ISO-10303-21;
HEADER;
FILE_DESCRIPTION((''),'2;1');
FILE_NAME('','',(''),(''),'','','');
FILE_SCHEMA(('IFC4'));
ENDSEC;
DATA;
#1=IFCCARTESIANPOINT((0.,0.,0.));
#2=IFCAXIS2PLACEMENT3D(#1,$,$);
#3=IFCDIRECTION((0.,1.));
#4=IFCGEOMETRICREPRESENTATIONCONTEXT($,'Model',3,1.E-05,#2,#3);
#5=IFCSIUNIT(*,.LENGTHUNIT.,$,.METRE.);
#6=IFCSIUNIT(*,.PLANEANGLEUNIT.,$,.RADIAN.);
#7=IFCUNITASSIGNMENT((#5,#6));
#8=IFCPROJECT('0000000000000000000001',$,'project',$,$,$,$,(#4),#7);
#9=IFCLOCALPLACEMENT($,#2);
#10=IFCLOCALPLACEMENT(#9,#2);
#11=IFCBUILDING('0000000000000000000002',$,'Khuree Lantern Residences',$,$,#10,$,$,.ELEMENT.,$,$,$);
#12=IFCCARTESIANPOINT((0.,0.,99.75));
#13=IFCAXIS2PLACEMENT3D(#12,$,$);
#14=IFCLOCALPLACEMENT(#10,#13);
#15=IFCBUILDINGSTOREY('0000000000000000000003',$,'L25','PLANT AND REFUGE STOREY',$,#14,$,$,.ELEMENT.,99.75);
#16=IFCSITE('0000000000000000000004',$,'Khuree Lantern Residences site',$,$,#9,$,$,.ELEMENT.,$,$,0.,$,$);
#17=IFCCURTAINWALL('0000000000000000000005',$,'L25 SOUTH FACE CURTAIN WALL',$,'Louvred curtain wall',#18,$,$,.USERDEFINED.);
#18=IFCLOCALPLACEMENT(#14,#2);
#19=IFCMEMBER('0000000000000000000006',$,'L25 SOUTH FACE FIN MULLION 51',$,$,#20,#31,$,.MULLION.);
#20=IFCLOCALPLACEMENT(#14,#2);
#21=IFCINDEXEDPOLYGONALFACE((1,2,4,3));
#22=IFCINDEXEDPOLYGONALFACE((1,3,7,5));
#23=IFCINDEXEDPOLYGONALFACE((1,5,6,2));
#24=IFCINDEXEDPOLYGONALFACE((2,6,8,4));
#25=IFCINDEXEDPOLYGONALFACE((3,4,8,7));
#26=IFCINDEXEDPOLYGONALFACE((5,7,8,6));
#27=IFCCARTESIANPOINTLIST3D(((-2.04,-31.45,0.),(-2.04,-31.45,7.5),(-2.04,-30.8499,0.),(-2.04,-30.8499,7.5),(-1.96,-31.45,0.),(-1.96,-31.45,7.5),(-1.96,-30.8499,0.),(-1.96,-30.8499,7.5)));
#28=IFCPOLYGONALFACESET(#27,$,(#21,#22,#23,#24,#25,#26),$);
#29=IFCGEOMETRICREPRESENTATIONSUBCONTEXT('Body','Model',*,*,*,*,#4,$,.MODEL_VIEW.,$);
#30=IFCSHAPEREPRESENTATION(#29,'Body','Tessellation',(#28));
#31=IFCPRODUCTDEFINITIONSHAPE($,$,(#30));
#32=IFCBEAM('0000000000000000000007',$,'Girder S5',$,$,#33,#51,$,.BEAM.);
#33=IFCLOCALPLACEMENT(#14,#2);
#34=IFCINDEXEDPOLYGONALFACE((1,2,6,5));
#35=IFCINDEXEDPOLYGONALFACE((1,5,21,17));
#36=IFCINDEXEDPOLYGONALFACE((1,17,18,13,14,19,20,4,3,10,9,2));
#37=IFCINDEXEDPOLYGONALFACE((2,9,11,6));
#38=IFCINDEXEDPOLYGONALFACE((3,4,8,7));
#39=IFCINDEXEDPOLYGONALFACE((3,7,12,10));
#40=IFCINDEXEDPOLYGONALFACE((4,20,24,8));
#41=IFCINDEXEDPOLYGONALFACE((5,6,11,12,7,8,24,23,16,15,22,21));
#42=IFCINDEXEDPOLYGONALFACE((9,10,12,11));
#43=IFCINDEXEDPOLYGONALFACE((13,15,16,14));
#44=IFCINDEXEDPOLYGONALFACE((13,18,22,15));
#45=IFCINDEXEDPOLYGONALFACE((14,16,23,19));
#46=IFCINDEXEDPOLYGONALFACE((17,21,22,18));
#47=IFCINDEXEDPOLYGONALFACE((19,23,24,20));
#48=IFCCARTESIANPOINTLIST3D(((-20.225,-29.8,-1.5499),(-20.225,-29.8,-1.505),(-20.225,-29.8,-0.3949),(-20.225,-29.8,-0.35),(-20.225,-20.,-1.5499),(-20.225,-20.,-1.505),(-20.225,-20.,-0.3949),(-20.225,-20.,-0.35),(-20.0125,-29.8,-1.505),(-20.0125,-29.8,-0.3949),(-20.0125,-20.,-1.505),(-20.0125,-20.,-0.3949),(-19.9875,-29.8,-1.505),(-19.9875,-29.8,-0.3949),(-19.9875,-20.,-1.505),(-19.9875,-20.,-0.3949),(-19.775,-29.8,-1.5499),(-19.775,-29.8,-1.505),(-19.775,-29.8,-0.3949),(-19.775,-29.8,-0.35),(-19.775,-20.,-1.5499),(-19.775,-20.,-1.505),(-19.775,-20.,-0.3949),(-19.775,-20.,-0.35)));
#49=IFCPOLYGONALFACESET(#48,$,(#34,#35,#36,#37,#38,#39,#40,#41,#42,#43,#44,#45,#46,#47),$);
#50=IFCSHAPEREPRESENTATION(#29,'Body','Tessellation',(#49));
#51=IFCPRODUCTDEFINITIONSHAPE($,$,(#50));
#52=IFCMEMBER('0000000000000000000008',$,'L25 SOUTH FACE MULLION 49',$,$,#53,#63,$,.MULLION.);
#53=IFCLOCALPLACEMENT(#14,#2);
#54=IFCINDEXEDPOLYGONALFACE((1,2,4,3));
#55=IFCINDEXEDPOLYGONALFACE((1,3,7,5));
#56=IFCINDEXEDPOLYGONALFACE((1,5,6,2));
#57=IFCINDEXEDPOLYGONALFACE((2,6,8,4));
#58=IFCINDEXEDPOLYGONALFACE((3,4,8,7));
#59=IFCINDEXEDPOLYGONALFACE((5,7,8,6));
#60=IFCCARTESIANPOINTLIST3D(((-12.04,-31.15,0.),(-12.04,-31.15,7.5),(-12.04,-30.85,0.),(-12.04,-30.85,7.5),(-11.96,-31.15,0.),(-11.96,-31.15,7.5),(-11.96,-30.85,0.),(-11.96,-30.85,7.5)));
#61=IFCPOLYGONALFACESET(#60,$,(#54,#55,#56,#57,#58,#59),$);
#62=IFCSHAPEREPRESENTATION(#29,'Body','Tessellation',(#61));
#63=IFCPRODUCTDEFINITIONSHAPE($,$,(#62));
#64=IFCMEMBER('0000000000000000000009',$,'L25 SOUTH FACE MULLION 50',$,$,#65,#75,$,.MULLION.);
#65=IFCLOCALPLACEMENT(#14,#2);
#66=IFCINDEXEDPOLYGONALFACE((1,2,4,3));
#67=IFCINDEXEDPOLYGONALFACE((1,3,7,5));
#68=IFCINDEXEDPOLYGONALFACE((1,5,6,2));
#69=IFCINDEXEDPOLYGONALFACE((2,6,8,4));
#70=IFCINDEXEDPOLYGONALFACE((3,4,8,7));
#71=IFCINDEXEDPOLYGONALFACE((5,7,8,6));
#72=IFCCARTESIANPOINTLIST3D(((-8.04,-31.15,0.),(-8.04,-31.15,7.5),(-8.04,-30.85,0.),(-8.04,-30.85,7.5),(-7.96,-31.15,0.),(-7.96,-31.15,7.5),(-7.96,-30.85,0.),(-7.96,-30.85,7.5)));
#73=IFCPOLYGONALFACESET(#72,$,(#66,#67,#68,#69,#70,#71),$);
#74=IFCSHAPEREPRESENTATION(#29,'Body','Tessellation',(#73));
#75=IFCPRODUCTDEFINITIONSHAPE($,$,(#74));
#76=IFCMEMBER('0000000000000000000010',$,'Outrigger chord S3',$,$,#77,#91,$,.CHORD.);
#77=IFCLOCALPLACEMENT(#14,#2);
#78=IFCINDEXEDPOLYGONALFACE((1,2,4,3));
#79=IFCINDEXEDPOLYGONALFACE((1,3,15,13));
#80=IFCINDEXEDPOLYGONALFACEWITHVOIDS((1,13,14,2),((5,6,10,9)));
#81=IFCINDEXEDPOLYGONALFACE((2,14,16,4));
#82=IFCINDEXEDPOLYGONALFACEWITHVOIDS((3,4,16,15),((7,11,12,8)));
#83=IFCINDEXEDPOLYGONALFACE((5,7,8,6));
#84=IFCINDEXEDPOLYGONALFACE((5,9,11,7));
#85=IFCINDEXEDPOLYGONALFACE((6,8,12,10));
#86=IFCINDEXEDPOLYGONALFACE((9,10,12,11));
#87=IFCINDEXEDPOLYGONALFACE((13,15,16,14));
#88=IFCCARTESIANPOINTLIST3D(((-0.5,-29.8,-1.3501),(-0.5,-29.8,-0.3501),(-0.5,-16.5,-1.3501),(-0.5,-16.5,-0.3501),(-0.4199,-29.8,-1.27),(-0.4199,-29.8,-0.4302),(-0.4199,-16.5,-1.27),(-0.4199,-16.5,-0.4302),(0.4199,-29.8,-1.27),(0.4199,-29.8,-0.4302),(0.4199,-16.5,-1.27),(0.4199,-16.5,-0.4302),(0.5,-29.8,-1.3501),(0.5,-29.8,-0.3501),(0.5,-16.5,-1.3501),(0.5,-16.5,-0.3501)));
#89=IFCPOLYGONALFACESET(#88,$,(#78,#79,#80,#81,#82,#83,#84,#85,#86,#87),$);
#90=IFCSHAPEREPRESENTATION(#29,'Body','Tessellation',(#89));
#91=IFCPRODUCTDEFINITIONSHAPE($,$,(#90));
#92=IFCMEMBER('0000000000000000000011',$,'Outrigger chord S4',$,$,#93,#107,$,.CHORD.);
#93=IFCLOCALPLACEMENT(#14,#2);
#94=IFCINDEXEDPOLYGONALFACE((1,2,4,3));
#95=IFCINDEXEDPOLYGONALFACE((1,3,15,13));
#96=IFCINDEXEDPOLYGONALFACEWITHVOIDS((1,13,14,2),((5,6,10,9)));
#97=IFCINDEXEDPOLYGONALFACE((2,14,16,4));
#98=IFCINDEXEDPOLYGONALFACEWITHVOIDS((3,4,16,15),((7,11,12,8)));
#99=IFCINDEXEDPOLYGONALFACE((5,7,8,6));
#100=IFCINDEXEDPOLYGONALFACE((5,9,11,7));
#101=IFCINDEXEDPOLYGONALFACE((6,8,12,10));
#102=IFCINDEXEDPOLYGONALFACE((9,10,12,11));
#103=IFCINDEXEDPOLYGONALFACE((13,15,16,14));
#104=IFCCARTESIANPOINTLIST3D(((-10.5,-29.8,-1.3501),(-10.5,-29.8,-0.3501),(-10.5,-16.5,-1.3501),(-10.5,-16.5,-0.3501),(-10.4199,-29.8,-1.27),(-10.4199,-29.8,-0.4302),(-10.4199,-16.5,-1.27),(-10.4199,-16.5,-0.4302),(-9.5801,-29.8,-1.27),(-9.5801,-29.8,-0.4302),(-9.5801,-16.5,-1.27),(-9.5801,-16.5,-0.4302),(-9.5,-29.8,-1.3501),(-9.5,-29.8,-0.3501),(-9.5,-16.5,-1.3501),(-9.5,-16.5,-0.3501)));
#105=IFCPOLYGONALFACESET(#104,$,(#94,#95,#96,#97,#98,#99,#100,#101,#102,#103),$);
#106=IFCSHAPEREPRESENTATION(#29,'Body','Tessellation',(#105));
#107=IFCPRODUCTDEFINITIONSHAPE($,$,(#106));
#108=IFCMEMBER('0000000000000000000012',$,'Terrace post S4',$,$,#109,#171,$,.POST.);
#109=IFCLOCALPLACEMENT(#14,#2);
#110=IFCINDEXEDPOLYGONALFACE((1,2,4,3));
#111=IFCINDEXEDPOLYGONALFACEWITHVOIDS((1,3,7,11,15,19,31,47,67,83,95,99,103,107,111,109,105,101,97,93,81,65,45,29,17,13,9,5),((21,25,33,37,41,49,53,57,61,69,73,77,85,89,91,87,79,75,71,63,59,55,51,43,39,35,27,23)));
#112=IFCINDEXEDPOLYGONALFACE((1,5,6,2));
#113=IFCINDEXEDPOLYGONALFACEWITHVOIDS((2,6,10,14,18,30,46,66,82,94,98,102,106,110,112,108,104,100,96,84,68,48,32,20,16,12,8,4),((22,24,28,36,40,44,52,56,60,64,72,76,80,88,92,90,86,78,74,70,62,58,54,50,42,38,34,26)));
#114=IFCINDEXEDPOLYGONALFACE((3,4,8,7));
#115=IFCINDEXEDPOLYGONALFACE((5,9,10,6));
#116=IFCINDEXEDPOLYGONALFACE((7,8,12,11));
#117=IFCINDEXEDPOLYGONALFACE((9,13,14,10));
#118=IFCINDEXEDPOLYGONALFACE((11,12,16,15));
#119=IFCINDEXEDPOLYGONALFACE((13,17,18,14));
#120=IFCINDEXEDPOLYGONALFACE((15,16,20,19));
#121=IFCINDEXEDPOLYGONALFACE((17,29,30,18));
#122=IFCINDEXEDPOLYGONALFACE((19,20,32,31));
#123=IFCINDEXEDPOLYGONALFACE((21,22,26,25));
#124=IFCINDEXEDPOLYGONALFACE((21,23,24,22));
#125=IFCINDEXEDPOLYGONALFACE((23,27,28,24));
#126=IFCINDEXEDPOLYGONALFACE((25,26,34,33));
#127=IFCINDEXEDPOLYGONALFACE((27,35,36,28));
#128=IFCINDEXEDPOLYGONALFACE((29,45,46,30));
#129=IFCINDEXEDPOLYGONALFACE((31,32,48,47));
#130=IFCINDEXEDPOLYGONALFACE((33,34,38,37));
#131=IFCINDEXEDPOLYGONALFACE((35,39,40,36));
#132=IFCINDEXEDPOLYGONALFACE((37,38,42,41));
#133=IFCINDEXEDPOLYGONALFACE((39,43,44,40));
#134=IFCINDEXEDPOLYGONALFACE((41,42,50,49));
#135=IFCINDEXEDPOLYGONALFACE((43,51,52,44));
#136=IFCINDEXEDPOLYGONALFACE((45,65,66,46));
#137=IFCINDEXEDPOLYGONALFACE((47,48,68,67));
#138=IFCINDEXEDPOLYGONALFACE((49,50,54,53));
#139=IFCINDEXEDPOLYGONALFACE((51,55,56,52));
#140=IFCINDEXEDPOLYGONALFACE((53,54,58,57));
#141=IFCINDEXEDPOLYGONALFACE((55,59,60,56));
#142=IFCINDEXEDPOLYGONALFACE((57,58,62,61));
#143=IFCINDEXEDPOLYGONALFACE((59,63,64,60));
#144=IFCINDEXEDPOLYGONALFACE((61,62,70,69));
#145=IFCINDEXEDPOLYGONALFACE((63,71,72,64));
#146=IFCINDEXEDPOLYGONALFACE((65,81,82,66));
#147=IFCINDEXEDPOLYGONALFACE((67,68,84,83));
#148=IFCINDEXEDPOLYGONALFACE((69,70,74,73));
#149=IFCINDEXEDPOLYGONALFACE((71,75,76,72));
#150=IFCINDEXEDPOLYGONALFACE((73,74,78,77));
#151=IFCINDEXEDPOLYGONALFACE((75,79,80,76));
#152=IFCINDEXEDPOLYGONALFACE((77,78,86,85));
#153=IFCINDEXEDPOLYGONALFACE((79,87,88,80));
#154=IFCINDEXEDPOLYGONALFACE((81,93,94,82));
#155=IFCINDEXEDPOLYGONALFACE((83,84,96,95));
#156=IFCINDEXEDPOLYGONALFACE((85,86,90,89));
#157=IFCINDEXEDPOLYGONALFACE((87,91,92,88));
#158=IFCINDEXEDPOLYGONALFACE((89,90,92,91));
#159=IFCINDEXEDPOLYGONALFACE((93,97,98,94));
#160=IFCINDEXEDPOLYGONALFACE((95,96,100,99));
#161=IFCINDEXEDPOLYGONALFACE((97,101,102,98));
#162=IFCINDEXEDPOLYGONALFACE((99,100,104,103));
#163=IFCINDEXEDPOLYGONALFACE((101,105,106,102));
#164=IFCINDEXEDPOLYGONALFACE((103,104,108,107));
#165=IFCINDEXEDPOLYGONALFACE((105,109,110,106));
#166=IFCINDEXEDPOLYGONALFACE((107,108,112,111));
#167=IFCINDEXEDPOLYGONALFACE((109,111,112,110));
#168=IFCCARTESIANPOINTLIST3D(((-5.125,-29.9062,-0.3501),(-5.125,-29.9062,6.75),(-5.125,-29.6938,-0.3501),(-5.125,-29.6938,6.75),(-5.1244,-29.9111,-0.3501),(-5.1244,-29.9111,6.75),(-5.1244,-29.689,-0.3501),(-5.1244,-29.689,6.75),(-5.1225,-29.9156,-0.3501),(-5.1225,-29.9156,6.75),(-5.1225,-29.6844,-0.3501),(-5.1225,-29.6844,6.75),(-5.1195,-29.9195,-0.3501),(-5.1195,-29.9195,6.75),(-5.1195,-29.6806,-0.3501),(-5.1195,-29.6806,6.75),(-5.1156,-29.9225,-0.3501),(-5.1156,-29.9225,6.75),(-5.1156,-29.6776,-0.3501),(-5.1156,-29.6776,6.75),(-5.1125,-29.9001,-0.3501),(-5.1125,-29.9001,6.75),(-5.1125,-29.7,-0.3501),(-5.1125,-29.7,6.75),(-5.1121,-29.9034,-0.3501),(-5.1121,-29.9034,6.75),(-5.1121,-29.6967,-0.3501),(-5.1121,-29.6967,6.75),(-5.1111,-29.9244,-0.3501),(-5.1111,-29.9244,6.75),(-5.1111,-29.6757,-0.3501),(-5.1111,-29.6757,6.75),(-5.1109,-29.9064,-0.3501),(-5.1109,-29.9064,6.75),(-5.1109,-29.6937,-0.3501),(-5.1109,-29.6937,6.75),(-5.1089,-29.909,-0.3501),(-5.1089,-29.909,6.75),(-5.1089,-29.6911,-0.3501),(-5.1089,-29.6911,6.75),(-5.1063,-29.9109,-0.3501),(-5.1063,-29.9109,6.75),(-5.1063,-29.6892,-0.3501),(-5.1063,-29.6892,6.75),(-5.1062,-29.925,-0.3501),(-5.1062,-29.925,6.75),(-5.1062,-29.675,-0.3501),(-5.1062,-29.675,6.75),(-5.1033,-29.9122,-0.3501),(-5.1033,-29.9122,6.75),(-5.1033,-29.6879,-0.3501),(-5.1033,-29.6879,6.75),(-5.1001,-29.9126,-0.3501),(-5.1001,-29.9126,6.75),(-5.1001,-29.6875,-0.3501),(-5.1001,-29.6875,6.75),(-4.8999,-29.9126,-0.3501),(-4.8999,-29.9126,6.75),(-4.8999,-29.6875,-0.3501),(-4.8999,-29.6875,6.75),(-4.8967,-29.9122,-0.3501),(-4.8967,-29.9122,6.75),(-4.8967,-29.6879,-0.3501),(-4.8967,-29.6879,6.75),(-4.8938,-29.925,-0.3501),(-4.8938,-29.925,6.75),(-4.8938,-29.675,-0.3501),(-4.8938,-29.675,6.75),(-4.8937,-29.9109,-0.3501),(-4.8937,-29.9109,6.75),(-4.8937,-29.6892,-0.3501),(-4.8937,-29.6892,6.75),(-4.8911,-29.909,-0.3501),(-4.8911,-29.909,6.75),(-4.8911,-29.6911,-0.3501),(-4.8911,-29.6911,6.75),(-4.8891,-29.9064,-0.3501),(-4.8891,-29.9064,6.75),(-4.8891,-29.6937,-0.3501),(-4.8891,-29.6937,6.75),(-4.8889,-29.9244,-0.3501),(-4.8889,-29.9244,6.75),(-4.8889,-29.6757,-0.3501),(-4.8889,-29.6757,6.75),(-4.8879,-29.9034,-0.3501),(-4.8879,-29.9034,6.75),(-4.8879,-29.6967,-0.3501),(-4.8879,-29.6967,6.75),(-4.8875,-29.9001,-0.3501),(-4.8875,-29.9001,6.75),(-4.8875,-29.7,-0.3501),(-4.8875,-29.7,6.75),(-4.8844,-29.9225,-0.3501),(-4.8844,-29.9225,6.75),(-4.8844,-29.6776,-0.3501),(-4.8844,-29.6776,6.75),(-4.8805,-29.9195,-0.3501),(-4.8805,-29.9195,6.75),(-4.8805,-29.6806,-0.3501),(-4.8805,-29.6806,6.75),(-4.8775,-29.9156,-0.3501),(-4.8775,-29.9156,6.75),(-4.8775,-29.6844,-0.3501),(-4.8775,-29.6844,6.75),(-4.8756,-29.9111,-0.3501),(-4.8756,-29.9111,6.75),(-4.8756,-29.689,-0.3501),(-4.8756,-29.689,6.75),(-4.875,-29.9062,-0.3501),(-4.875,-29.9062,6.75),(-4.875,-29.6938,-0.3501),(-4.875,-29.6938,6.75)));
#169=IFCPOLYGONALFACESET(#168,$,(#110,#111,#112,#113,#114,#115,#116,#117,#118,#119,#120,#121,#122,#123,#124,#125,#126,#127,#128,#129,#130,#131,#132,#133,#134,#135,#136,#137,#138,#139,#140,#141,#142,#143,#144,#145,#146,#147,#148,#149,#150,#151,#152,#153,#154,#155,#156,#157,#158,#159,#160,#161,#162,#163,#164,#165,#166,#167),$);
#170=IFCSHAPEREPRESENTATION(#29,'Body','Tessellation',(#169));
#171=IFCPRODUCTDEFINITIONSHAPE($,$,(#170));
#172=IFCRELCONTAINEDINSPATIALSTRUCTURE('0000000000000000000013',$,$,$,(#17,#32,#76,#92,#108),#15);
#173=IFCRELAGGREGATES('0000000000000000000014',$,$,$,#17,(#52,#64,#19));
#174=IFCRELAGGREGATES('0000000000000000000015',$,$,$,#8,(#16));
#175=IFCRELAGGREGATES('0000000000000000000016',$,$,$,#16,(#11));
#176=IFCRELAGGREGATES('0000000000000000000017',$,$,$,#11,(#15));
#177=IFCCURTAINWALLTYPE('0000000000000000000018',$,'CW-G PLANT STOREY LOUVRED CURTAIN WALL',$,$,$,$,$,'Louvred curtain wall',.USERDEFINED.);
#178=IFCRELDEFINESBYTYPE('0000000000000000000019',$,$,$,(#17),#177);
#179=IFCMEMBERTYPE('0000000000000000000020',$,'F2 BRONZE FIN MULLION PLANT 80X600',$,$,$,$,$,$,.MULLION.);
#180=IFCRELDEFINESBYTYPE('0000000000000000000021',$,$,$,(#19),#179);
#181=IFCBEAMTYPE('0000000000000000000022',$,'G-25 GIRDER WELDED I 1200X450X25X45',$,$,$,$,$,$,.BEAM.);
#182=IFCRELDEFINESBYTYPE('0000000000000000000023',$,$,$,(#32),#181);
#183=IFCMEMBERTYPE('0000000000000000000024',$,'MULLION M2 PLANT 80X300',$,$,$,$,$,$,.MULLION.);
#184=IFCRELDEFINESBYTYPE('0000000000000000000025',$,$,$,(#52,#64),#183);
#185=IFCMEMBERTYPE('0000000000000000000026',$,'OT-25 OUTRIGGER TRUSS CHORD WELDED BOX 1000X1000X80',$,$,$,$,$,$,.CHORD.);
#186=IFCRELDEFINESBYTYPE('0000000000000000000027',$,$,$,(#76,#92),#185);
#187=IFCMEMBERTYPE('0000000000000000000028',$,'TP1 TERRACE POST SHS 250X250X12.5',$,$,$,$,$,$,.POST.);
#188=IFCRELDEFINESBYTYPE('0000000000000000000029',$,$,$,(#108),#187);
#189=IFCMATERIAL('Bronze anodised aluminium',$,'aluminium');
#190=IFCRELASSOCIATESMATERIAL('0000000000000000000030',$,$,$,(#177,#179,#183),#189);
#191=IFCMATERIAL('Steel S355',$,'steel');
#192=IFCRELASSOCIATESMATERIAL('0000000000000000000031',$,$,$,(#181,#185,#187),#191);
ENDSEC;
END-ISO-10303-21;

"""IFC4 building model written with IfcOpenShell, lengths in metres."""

from ifc_helpers import new_model, si_unit, direction, frame, origin, origin_2d, place, context, subcontext, project, spatial, rectangle, hollow_rectangle, i_section, extrude, material, material_profile, profile_set, type_object, element, aggregate, save


model = new_model("IFC4")

# Units and contexts
model_context = context("Model", 3, precision=1e-05, world=origin(), true_north=direction((0.0, 1.0)))
body_context = subcontext(model_context, "Body", "Model", "MODEL_VIEW")
ifc_project = project(units=[si_unit("LENGTHUNIT", "METRE"), si_unit("PLANEANGLEUNIT", "RADIAN")], contexts=[model_context])

# Site, building, storey
site_placement = place(None, origin())
site = spatial("IfcSite", under=ifc_project, at=site_placement, Name="Khuree Lantern Residences site", CompositionType="ELEMENT", RefElevation=0.0)
building_placement = place(site_placement, origin())
building = spatial("IfcBuilding", under=site, at=building_placement, Name="Khuree Lantern Residences", CompositionType="ELEMENT")
storey_placement = place(building_placement, frame((0.0, 0.0, 99.75)))
storey = spatial("IfcBuildingStorey", under=building, at=storey_placement, Name="L25", Description="PLANT AND REFUGE STOREY", CompositionType="ELEMENT", Elevation=99.75)

# Shared definitions
ifc_material_1 = material(Name="Steel S355", Category="steel")

# Curtain wall, member
ifc_material_2 = material(Name="Bronze anodised aluminium", Category="aluminium")
curtain_wall_type = type_object("IfcCurtainWallType", Name="CW-G PLANT STOREY LOUVRED CURTAIN WALL", ElementType="Louvred curtain wall", PredefinedType="USERDEFINED", material=ifc_material_2)
curtain_wall_placement = place(storey_placement, origin())
curtain_wall = element("IfcCurtainWall", 1, at=curtain_wall_placement, inside=storey, type_object=curtain_wall_type, Name="L25 SOUTH FACE CURTAIN WALL", ObjectType="Louvred curtain wall", PredefinedType="USERDEFINED")
ifc_material_profile_1 = material_profile(ifc_material_2, rectangle(XDim=0.0801, YDim=0.6001, at=origin_2d()), Name="F2 80X600")
ifc_profile_set_1 = profile_set([ifc_material_profile_1], Name="Bronze anodised aluminium")
member_type_1 = type_object("IfcMemberType", Name="F2 BRONZE FIN MULLION PLANT 80X600", PredefinedType="MULLION", material=ifc_profile_set_1)
member_1_placement = place(storey_placement, frame((-2.0, -31.1499, 0.0), z_axis=(0.0, 0.0, 1.0), x_axis=(1.0, 0.0, 0.0)))
member_1 = element("IfcMember", 2, at=member_1_placement, type_object=member_type_1, Name="L25 SOUTH FACE FIN MULLION 51", PredefinedType="MULLION", context=body_context, shape_type="SweptSolid", body=[
    extrude(rectangle(XDim=0.0801, YDim=0.6001, at=origin_2d()), origin(), (0.0, 0.0, 1.0), 7.5),
])

# Beam
ifc_material_profile_2 = material_profile(ifc_material_1, i_section(OverallWidth=0.45, OverallDepth=1.2, WebThickness=0.0249, FlangeThickness=0.0449, at=origin_2d()), Name="WELDED I 1200X450X25X45")
ifc_profile_set_2 = profile_set([ifc_material_profile_2], Name="Steel S355")
beam_type_1 = type_object("IfcBeamType", Name="G-25 GIRDER WELDED I 1200X450X25X45", PredefinedType="BEAM", material=ifc_profile_set_2)
beam_placement = place(storey_placement, frame((-20.0, -29.8, -0.95), z_axis=(0.0, 1.0, 0.0), x_axis=(-1.0, 0.0, 0.0)))
element("IfcBeam", 3, at=beam_placement, inside=storey, type_object=beam_type_1, Name="Girder S5", PredefinedType="BEAM", context=body_context, shape_type="SweptSolid", body=[
    extrude(i_section(OverallWidth=0.45, OverallDepth=1.2, WebThickness=0.0249, FlangeThickness=0.0449, at=origin_2d()), origin(), (0.0, 0.0, 1.0), 9.8),
])

# Members
ifc_material_profile_3 = material_profile(ifc_material_2, rectangle(XDim=0.0801, YDim=0.3, at=origin_2d()), Name="M2 80X300")
ifc_profile_set_3 = profile_set([ifc_material_profile_3], Name="Bronze anodised aluminium")
member_type_2 = type_object("IfcMemberType", Name="MULLION M2 PLANT 80X300", PredefinedType="MULLION", material=ifc_profile_set_3)
member_2_placement = place(storey_placement, frame((-12.0, -31.0, 0.0), z_axis=(0.0, 0.0, 1.0), x_axis=(1.0, 0.0, 0.0)))
member_2 = element("IfcMember", 4, at=member_2_placement, type_object=member_type_2, Name="L25 SOUTH FACE MULLION 49", PredefinedType="MULLION", context=body_context, shape_type="SweptSolid", body=[
    extrude(rectangle(XDim=0.0801, YDim=0.3, at=origin_2d()), origin(), (0.0, 0.0, 1.0), 7.5),
])
member_3_placement = place(storey_placement, frame((-8.0, -31.0, 0.0), z_axis=(0.0, 0.0, 1.0), x_axis=(1.0, 0.0, 0.0)))
member_3 = element("IfcMember", 5, at=member_3_placement, type_object=member_type_2, Name="L25 SOUTH FACE MULLION 50", PredefinedType="MULLION", context=body_context, shape_type="SweptSolid", body=[
    extrude(rectangle(XDim=0.0801, YDim=0.3, at=origin_2d()), origin(), (0.0, 0.0, 1.0), 7.5),
])

# Members
ifc_material_profile_4 = material_profile(ifc_material_1, hollow_rectangle(XDim=1.0, YDim=1.0, WallThickness=0.0801, at=origin_2d()), Name="WELDED BOX 1000X1000X80")
ifc_profile_set_4 = profile_set([ifc_material_profile_4], Name="Steel S355")
member_type_3 = type_object("IfcMemberType", Name="OT-25 OUTRIGGER TRUSS CHORD WELDED BOX 1000X1000X80", PredefinedType="CHORD", material=ifc_profile_set_4)
for number, where, z_axis, x_axis, name in (
    (6, (0.0, -29.8, -0.8501), (0.0, 1.0, 0.0), (-1.0, 0.0, 0.0), "Outrigger chord S3"),
    (7, (-10.0, -29.8, -0.8501), (0.0, 1.0, 0.0), (-1.0, 0.0, 0.0), "Outrigger chord S4"),
):
    element("IfcMember", number, at=place(storey_placement, frame(where, z_axis=z_axis, x_axis=x_axis)), inside=storey, type_object=member_type_3, Name=name, PredefinedType="CHORD", context=body_context, shape_type="SweptSolid", body=[
        extrude(hollow_rectangle(XDim=1.0, YDim=1.0, WallThickness=0.0801, at=origin_2d()), origin(), (0.0, 0.0, 1.0), 13.3),
    ])
ifc_material_profile_5 = material_profile(ifc_material_1, hollow_rectangle(XDim=0.25, YDim=0.25, WallThickness=0.0125, InnerFilletRadius=0.0125, OuterFilletRadius=0.0188, at=origin_2d()), Name="SHS 250X250X12.5")
ifc_profile_set_5 = profile_set([ifc_material_profile_5], Name="Steel S355")
member_type_4 = type_object("IfcMemberType", Name="TP1 TERRACE POST SHS 250X250X12.5", PredefinedType="POST", material=ifc_profile_set_5)
for number, where, z_axis, x_axis, name in (
    (8, (-5.0, -29.8, -0.3501), (0.0, 0.0, 1.0), (1.0, 0.0, 0.0), "Terrace post S4"),
):
    element("IfcMember", number, at=place(storey_placement, frame(where, z_axis=z_axis, x_axis=x_axis)), inside=storey, type_object=member_type_4, Name=name, PredefinedType="POST", context=body_context, shape_type="SweptSolid", body=[
        extrude(hollow_rectangle(XDim=0.25, YDim=0.25, WallThickness=0.0125, InnerFilletRadius=0.0125, OuterFilletRadius=0.0188, at=origin_2d()), origin(), (0.0, 0.0, 1.0), 7.1001),
    ])

aggregate(curtain_wall, [member_2, member_3, member_1])

save(model, "model.ifc")
